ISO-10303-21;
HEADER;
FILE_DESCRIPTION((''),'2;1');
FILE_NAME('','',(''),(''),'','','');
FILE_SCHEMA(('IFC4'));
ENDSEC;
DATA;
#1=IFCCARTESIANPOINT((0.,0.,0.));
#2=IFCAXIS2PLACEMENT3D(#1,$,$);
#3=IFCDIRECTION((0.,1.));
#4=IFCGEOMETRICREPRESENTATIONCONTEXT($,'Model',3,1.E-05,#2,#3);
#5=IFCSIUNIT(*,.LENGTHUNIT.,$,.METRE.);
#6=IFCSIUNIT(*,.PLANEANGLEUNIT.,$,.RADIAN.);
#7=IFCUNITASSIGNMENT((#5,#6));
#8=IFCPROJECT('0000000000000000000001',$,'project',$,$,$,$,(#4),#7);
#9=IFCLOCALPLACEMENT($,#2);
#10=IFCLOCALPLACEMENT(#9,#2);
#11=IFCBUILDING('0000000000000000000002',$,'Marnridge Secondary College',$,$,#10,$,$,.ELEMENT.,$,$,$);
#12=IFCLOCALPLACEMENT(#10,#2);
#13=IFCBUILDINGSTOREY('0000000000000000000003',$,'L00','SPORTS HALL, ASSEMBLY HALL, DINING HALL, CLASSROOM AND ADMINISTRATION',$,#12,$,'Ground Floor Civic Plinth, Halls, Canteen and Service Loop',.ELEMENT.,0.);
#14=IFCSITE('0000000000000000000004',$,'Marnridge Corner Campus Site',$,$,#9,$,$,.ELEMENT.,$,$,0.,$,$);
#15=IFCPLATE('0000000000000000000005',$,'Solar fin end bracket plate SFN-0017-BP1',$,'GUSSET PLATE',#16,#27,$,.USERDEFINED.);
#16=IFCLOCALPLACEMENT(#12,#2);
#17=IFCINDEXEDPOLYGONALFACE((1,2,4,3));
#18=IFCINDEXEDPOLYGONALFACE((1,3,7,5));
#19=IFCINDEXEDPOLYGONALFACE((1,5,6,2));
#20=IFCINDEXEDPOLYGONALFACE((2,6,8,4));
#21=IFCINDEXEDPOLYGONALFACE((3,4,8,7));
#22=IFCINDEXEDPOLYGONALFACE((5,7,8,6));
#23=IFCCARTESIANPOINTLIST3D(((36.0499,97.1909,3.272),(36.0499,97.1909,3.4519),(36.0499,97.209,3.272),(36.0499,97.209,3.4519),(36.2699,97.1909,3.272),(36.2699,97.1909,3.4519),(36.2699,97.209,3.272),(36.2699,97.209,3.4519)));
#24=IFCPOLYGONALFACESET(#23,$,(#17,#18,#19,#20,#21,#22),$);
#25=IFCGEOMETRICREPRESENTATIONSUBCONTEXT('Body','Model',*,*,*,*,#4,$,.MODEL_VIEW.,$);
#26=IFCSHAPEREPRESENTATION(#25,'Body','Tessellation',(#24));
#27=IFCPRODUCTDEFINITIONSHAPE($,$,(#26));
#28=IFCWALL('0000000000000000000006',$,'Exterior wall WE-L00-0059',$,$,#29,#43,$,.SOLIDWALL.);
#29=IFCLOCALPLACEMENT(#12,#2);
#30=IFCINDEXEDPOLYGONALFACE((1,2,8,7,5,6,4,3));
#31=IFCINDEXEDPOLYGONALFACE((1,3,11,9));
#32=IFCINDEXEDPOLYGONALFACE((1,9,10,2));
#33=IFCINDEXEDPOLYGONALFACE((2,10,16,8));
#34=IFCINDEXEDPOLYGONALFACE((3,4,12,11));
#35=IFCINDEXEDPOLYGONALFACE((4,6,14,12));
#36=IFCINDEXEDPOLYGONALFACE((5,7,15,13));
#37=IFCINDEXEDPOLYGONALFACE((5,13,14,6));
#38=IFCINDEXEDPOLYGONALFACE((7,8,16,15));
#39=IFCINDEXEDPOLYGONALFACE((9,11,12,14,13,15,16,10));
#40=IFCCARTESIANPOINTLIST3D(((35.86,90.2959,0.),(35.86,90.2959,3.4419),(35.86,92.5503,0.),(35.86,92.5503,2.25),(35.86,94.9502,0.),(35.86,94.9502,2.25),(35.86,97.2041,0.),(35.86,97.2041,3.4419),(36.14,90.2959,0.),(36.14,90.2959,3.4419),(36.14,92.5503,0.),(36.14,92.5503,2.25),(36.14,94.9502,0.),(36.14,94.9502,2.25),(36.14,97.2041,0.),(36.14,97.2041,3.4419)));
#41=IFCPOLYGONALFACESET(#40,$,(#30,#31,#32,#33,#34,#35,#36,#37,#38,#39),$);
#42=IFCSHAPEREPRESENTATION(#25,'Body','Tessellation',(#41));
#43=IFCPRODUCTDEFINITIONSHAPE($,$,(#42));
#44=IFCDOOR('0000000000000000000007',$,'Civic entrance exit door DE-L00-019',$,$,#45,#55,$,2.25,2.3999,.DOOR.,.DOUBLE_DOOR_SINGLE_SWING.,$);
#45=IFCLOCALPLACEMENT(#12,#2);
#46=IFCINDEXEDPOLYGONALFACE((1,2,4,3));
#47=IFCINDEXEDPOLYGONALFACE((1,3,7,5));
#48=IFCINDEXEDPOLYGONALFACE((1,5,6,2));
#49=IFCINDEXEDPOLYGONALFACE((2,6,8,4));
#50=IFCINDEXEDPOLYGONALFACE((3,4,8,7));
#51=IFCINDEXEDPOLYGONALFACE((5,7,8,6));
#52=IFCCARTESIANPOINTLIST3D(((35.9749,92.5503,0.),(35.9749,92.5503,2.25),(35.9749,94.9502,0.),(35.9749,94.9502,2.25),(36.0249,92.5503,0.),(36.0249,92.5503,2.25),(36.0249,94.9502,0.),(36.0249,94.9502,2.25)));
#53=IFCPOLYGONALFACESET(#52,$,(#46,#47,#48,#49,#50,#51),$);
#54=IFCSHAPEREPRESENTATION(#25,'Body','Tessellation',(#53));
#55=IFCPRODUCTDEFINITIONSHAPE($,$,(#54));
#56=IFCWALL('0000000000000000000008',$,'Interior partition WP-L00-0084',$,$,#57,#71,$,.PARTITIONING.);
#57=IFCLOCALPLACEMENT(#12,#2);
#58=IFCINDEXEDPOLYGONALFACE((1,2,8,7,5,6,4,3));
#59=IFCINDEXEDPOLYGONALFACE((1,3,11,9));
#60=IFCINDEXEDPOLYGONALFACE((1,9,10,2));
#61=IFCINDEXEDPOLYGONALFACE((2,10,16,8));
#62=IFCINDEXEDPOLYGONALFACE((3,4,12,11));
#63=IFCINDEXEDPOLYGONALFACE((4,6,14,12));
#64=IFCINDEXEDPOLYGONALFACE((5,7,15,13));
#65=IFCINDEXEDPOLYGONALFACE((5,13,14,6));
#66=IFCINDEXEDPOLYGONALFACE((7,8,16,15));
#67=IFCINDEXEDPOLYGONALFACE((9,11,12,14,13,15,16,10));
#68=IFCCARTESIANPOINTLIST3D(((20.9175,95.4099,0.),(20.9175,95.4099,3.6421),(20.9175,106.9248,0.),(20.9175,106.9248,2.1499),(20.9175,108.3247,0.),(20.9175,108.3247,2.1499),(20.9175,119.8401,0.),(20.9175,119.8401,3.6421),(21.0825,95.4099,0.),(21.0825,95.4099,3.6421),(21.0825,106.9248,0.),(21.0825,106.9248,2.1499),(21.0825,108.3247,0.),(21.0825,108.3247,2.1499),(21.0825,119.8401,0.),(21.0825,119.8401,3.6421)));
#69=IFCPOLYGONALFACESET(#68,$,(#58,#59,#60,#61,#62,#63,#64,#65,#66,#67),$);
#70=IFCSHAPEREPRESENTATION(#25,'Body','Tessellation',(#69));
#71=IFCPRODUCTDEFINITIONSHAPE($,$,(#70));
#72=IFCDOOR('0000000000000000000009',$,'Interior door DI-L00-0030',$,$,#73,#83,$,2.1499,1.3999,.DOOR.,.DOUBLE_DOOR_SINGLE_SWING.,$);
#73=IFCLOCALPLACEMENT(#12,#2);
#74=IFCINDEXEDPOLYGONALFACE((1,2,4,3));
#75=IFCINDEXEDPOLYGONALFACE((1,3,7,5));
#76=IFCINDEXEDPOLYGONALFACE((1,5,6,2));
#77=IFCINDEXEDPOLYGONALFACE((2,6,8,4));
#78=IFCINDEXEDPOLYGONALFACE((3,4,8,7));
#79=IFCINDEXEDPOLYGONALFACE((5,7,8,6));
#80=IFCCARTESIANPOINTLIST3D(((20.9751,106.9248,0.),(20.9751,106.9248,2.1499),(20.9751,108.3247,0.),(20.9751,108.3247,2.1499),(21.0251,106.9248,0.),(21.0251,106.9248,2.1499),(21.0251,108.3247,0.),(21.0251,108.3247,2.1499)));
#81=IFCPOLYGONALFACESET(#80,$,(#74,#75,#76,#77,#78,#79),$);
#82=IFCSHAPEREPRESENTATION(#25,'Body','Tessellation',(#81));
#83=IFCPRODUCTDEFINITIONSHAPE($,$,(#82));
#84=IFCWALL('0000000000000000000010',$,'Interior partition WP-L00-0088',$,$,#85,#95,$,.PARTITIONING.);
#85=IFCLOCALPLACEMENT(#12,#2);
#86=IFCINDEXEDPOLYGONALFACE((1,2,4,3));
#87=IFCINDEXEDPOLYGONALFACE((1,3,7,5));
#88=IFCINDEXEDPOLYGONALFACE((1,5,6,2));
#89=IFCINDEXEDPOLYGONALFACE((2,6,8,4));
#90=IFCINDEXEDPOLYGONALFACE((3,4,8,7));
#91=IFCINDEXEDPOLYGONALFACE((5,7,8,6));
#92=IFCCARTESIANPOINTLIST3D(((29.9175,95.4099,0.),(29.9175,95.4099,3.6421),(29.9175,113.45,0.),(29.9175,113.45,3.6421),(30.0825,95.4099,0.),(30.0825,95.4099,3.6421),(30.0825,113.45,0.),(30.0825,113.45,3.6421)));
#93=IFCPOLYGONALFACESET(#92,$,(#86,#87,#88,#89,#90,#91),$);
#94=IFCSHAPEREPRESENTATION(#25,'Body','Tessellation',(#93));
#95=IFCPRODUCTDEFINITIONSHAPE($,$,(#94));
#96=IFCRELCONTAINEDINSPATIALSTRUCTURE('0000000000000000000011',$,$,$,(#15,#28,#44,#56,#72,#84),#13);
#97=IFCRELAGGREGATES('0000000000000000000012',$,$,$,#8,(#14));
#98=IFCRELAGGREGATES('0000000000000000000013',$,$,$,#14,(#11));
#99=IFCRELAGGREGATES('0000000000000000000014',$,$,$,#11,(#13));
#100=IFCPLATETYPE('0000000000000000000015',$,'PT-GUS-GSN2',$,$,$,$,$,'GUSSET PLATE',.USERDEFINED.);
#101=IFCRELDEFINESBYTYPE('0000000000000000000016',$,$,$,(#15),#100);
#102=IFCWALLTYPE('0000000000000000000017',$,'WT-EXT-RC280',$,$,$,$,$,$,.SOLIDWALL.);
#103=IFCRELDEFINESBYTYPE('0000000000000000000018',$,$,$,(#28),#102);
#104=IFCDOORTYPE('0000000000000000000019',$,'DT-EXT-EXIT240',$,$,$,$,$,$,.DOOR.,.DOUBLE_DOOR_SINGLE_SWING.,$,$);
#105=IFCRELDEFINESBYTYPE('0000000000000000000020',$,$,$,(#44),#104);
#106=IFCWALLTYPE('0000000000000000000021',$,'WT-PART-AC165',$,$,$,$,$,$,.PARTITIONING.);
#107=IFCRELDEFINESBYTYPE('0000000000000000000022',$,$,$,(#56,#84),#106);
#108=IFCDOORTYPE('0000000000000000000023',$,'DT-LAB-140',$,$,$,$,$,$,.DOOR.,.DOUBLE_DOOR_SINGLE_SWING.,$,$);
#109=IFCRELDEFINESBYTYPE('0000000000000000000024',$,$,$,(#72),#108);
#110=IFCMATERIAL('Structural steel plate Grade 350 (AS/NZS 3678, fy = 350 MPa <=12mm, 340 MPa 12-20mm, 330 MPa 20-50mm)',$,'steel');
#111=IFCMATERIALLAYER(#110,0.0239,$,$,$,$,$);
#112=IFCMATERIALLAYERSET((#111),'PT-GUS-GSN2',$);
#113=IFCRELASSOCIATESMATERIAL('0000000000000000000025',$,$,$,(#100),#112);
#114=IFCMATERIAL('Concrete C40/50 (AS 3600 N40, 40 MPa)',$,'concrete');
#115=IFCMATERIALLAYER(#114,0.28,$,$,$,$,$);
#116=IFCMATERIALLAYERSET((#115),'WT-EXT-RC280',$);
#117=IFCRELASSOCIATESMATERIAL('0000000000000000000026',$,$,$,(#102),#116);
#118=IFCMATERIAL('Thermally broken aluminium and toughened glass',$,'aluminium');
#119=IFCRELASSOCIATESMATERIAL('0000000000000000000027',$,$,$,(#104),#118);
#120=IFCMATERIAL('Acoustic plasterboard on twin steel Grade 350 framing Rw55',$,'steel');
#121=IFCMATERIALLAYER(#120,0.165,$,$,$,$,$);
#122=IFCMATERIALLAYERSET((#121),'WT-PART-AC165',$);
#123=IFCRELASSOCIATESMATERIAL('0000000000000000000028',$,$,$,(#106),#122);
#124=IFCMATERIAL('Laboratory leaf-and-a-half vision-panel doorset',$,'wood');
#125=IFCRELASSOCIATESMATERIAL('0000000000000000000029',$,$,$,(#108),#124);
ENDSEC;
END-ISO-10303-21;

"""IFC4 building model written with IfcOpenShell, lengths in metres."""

from ifc_helpers import new_model, si_unit, direction, frame, frame_2d, origin, origin_2d, place, context, subcontext, project, spatial, rectangle, extrude, material, layer, layer_set, type_object, element, fill, save


model = new_model("IFC4")

# Units and contexts
model_context = context("Model", 3, precision=1e-05, world=origin(), true_north=direction((0.0, 1.0)))
body_context = subcontext(model_context, "Body", "Model", "MODEL_VIEW")
ifc_project = project(units=[si_unit("LENGTHUNIT", "METRE"), si_unit("PLANEANGLEUNIT", "RADIAN")], contexts=[model_context])

# Site, building, storey
site_placement = place(None, origin())
site = spatial("IfcSite", under=ifc_project, at=site_placement, Name="Marnridge Corner Campus Site", CompositionType="ELEMENT", RefElevation=0.0)
building_placement = place(site_placement, origin())
building = spatial("IfcBuilding", under=site, at=building_placement, Name="Marnridge Secondary College", CompositionType="ELEMENT")
storey_placement = place(building_placement, origin())
storey = spatial("IfcBuildingStorey", under=building, at=storey_placement, Name="L00", Description="SPORTS HALL, ASSEMBLY HALL, DINING HALL, CLASSROOM AND ADMINISTRATION", LongName="Ground Floor Civic Plinth, Halls, Canteen and Service Loop", CompositionType="ELEMENT", Elevation=0.0)

# Plate
ifc_material_1 = material(Name="Structural steel plate Grade 350 (AS/NZS 3678, fy = 350 MPa <=12mm, 340 MPa 12-20mm, 330 MPa 20-50mm)", Category="steel")
ifc_layer_1 = layer(ifc_material_1, 0.0239)
ifc_layer_set_1 = layer_set([ifc_layer_1], Name="PT-GUS-GSN2")
plate_type = type_object("IfcPlateType", Name="PT-GUS-GSN2", ElementType="GUSSET PLATE", PredefinedType="USERDEFINED", material=ifc_layer_set_1)
for number, where, z_axis, x_axis, name in (
    (1, (36.1599, 97.2, 3.272), (0.0, 0.0, 1.0), (1.0, 0.0, 0.0), "Solar fin end bracket plate SFN-0017-BP1"),
):
    element("IfcPlate", number, at=place(storey_placement, frame(where, z_axis=z_axis, x_axis=x_axis)), inside=storey, type_object=plate_type, Name=name, ObjectType="GUSSET PLATE", PredefinedType="USERDEFINED", context=body_context, shape_type="SweptSolid", body=[
        extrude(rectangle(XDim=0.22, YDim=0.0181, at=origin_2d()), origin(), (0.0, 0.0, 1.0), 0.1799),
    ])

# Walls, openings, doors
ifc_material_2 = material(Name="Concrete C40/50 (AS 3600 N40, 40 MPa)", Category="concrete")
ifc_layer_2 = layer(ifc_material_2, 0.28)
ifc_layer_set_2 = layer_set([ifc_layer_2], Name="WT-EXT-RC280")
wall_type_1 = type_object("IfcWallType", Name="WT-EXT-RC280", PredefinedType="SOLIDWALL", material=ifc_layer_set_2)
wall_1_placement = place(storey_placement, frame((36.0, 97.2041, 0.0), z_axis=(0.0, 0.0, 1.0), x_axis=(0.0, -1.0, 0.0)))
wall_1 = element("IfcWall", 2, at=wall_1_placement, inside=storey, type_object=wall_type_1, Name="Exterior wall WE-L00-0059", PredefinedType="SOLIDWALL", context=body_context, shape_type="SweptSolid", body=[
    extrude(rectangle(XDim=6.9082, YDim=0.28, at=frame_2d((3.4541, 0.0))), origin(), (0.0, 0.0, 1.0), 3.4419),
])
opening_1_placement = place(wall_1_placement, frame((2.2539, 0.0, 0.0)))
opening_1 = element("IfcOpeningElement", 3, at=opening_1_placement, cuts=wall_1, PredefinedType="OPENING", context=body_context, shape_type="SweptSolid", body=[
    extrude(rectangle(XDim=2.3999, YDim=2.25, at=frame_2d((1.2, 1.125))), frame((0.0, 0.1499, 0.0), z_axis=(0.0, -1.0, 0.0), x_axis=(1.0, 0.0, 0.0)), (0.0, 0.0, 1.0), 0.3),
])
ifc_material_3 = material(Name="Thermally broken aluminium and toughened glass", Category="aluminium")
door_type_1 = type_object("IfcDoorType", Name="DT-EXT-EXIT240", OperationType="DOUBLE_DOOR_SINGLE_SWING", PredefinedType="DOOR", material=ifc_material_3)
door_1_placement = place(opening_1_placement, origin())
door_1 = element("IfcDoor", 4, at=door_1_placement, inside=storey, type_object=door_type_1, Name="Civic entrance exit door DE-L00-019", OperationType="DOUBLE_DOOR_SINGLE_SWING", OverallHeight=2.25, OverallWidth=2.3999, PredefinedType="DOOR", context=body_context, shape_type="SweptSolid", body=[
    extrude(rectangle(XDim=2.3999, YDim=2.25, at=frame_2d((1.2, 1.125))), frame((0.0, 0.0249, 0.0), z_axis=(0.0, -1.0, 0.0), x_axis=(1.0, 0.0, 0.0)), (0.0, 0.0, 1.0), 0.05),
])
fill(opening_1, door_1)
ifc_material_4 = material(Name="Acoustic plasterboard on twin steel Grade 350 framing Rw55", Category="steel")
ifc_layer_3 = layer(ifc_material_4, 0.165)
ifc_layer_set_3 = layer_set([ifc_layer_3], Name="WT-PART-AC165")
wall_type_2 = type_object("IfcWallType", Name="WT-PART-AC165", PredefinedType="PARTITIONING", material=ifc_layer_set_3)
wall_2_placement = place(storey_placement, frame((21.0, 95.4099, 0.0), z_axis=(0.0, 0.0, 1.0), x_axis=(0.0, 1.0, 0.0)))
wall_2 = element("IfcWall", 5, at=wall_2_placement, inside=storey, type_object=wall_type_2, Name="Interior partition WP-L00-0084", PredefinedType="PARTITIONING", context=body_context, shape_type="SweptSolid", body=[
    extrude(rectangle(XDim=24.4302, YDim=0.165, at=frame_2d((12.2151, 0.0))), origin(), (0.0, 0.0, 1.0), 3.6421),
])
opening_2_placement = place(wall_2_placement, frame((11.5149, 0.0, 0.0)))
opening_2 = element("IfcOpeningElement", 6, at=opening_2_placement, cuts=wall_2, PredefinedType="OPENING", context=body_context, shape_type="SweptSolid", body=[
    extrude(rectangle(XDim=1.3999, YDim=2.1499, at=frame_2d((0.7, 1.075))), frame((0.0, 0.0925, 0.0), z_axis=(0.0, -1.0, 0.0), x_axis=(1.0, 0.0, 0.0)), (0.0, 0.0, 1.0), 0.1851),
])
ifc_material_5 = material(Name="Laboratory leaf-and-a-half vision-panel doorset", Category="wood")
door_type_2 = type_object("IfcDoorType", Name="DT-LAB-140", OperationType="DOUBLE_DOOR_SINGLE_SWING", PredefinedType="DOOR", material=ifc_material_5)
door_2_placement = place(opening_2_placement, origin())
door_2 = element("IfcDoor", 7, at=door_2_placement, inside=storey, type_object=door_type_2, Name="Interior door DI-L00-0030", OperationType="DOUBLE_DOOR_SINGLE_SWING", OverallHeight=2.1499, OverallWidth=1.3999, PredefinedType="DOOR", context=body_context, shape_type="SweptSolid", body=[
    extrude(rectangle(XDim=1.3999, YDim=2.1499, at=frame_2d((0.7, 1.075))), frame((0.0, 0.0249, 0.0), z_axis=(0.0, -1.0, 0.0), x_axis=(1.0, 0.0, 0.0)), (0.0, 0.0, 1.0), 0.05),
])
fill(opening_2, door_2)

# Wall
wall_3_placement = place(storey_placement, frame((30.0, 95.4099, 0.0), z_axis=(0.0, 0.0, 1.0), x_axis=(0.0, 1.0, 0.0)))
element("IfcWall", 8, at=wall_3_placement, inside=storey, type_object=wall_type_2, Name="Interior partition WP-L00-0088", PredefinedType="PARTITIONING", context=body_context, shape_type="SweptSolid", body=[
    extrude(rectangle(XDim=18.04, YDim=0.165, at=frame_2d((9.02, 0.0))), origin(), (0.0, 0.0, 1.0), 3.6421),
])

save(model, "model.ifc")
